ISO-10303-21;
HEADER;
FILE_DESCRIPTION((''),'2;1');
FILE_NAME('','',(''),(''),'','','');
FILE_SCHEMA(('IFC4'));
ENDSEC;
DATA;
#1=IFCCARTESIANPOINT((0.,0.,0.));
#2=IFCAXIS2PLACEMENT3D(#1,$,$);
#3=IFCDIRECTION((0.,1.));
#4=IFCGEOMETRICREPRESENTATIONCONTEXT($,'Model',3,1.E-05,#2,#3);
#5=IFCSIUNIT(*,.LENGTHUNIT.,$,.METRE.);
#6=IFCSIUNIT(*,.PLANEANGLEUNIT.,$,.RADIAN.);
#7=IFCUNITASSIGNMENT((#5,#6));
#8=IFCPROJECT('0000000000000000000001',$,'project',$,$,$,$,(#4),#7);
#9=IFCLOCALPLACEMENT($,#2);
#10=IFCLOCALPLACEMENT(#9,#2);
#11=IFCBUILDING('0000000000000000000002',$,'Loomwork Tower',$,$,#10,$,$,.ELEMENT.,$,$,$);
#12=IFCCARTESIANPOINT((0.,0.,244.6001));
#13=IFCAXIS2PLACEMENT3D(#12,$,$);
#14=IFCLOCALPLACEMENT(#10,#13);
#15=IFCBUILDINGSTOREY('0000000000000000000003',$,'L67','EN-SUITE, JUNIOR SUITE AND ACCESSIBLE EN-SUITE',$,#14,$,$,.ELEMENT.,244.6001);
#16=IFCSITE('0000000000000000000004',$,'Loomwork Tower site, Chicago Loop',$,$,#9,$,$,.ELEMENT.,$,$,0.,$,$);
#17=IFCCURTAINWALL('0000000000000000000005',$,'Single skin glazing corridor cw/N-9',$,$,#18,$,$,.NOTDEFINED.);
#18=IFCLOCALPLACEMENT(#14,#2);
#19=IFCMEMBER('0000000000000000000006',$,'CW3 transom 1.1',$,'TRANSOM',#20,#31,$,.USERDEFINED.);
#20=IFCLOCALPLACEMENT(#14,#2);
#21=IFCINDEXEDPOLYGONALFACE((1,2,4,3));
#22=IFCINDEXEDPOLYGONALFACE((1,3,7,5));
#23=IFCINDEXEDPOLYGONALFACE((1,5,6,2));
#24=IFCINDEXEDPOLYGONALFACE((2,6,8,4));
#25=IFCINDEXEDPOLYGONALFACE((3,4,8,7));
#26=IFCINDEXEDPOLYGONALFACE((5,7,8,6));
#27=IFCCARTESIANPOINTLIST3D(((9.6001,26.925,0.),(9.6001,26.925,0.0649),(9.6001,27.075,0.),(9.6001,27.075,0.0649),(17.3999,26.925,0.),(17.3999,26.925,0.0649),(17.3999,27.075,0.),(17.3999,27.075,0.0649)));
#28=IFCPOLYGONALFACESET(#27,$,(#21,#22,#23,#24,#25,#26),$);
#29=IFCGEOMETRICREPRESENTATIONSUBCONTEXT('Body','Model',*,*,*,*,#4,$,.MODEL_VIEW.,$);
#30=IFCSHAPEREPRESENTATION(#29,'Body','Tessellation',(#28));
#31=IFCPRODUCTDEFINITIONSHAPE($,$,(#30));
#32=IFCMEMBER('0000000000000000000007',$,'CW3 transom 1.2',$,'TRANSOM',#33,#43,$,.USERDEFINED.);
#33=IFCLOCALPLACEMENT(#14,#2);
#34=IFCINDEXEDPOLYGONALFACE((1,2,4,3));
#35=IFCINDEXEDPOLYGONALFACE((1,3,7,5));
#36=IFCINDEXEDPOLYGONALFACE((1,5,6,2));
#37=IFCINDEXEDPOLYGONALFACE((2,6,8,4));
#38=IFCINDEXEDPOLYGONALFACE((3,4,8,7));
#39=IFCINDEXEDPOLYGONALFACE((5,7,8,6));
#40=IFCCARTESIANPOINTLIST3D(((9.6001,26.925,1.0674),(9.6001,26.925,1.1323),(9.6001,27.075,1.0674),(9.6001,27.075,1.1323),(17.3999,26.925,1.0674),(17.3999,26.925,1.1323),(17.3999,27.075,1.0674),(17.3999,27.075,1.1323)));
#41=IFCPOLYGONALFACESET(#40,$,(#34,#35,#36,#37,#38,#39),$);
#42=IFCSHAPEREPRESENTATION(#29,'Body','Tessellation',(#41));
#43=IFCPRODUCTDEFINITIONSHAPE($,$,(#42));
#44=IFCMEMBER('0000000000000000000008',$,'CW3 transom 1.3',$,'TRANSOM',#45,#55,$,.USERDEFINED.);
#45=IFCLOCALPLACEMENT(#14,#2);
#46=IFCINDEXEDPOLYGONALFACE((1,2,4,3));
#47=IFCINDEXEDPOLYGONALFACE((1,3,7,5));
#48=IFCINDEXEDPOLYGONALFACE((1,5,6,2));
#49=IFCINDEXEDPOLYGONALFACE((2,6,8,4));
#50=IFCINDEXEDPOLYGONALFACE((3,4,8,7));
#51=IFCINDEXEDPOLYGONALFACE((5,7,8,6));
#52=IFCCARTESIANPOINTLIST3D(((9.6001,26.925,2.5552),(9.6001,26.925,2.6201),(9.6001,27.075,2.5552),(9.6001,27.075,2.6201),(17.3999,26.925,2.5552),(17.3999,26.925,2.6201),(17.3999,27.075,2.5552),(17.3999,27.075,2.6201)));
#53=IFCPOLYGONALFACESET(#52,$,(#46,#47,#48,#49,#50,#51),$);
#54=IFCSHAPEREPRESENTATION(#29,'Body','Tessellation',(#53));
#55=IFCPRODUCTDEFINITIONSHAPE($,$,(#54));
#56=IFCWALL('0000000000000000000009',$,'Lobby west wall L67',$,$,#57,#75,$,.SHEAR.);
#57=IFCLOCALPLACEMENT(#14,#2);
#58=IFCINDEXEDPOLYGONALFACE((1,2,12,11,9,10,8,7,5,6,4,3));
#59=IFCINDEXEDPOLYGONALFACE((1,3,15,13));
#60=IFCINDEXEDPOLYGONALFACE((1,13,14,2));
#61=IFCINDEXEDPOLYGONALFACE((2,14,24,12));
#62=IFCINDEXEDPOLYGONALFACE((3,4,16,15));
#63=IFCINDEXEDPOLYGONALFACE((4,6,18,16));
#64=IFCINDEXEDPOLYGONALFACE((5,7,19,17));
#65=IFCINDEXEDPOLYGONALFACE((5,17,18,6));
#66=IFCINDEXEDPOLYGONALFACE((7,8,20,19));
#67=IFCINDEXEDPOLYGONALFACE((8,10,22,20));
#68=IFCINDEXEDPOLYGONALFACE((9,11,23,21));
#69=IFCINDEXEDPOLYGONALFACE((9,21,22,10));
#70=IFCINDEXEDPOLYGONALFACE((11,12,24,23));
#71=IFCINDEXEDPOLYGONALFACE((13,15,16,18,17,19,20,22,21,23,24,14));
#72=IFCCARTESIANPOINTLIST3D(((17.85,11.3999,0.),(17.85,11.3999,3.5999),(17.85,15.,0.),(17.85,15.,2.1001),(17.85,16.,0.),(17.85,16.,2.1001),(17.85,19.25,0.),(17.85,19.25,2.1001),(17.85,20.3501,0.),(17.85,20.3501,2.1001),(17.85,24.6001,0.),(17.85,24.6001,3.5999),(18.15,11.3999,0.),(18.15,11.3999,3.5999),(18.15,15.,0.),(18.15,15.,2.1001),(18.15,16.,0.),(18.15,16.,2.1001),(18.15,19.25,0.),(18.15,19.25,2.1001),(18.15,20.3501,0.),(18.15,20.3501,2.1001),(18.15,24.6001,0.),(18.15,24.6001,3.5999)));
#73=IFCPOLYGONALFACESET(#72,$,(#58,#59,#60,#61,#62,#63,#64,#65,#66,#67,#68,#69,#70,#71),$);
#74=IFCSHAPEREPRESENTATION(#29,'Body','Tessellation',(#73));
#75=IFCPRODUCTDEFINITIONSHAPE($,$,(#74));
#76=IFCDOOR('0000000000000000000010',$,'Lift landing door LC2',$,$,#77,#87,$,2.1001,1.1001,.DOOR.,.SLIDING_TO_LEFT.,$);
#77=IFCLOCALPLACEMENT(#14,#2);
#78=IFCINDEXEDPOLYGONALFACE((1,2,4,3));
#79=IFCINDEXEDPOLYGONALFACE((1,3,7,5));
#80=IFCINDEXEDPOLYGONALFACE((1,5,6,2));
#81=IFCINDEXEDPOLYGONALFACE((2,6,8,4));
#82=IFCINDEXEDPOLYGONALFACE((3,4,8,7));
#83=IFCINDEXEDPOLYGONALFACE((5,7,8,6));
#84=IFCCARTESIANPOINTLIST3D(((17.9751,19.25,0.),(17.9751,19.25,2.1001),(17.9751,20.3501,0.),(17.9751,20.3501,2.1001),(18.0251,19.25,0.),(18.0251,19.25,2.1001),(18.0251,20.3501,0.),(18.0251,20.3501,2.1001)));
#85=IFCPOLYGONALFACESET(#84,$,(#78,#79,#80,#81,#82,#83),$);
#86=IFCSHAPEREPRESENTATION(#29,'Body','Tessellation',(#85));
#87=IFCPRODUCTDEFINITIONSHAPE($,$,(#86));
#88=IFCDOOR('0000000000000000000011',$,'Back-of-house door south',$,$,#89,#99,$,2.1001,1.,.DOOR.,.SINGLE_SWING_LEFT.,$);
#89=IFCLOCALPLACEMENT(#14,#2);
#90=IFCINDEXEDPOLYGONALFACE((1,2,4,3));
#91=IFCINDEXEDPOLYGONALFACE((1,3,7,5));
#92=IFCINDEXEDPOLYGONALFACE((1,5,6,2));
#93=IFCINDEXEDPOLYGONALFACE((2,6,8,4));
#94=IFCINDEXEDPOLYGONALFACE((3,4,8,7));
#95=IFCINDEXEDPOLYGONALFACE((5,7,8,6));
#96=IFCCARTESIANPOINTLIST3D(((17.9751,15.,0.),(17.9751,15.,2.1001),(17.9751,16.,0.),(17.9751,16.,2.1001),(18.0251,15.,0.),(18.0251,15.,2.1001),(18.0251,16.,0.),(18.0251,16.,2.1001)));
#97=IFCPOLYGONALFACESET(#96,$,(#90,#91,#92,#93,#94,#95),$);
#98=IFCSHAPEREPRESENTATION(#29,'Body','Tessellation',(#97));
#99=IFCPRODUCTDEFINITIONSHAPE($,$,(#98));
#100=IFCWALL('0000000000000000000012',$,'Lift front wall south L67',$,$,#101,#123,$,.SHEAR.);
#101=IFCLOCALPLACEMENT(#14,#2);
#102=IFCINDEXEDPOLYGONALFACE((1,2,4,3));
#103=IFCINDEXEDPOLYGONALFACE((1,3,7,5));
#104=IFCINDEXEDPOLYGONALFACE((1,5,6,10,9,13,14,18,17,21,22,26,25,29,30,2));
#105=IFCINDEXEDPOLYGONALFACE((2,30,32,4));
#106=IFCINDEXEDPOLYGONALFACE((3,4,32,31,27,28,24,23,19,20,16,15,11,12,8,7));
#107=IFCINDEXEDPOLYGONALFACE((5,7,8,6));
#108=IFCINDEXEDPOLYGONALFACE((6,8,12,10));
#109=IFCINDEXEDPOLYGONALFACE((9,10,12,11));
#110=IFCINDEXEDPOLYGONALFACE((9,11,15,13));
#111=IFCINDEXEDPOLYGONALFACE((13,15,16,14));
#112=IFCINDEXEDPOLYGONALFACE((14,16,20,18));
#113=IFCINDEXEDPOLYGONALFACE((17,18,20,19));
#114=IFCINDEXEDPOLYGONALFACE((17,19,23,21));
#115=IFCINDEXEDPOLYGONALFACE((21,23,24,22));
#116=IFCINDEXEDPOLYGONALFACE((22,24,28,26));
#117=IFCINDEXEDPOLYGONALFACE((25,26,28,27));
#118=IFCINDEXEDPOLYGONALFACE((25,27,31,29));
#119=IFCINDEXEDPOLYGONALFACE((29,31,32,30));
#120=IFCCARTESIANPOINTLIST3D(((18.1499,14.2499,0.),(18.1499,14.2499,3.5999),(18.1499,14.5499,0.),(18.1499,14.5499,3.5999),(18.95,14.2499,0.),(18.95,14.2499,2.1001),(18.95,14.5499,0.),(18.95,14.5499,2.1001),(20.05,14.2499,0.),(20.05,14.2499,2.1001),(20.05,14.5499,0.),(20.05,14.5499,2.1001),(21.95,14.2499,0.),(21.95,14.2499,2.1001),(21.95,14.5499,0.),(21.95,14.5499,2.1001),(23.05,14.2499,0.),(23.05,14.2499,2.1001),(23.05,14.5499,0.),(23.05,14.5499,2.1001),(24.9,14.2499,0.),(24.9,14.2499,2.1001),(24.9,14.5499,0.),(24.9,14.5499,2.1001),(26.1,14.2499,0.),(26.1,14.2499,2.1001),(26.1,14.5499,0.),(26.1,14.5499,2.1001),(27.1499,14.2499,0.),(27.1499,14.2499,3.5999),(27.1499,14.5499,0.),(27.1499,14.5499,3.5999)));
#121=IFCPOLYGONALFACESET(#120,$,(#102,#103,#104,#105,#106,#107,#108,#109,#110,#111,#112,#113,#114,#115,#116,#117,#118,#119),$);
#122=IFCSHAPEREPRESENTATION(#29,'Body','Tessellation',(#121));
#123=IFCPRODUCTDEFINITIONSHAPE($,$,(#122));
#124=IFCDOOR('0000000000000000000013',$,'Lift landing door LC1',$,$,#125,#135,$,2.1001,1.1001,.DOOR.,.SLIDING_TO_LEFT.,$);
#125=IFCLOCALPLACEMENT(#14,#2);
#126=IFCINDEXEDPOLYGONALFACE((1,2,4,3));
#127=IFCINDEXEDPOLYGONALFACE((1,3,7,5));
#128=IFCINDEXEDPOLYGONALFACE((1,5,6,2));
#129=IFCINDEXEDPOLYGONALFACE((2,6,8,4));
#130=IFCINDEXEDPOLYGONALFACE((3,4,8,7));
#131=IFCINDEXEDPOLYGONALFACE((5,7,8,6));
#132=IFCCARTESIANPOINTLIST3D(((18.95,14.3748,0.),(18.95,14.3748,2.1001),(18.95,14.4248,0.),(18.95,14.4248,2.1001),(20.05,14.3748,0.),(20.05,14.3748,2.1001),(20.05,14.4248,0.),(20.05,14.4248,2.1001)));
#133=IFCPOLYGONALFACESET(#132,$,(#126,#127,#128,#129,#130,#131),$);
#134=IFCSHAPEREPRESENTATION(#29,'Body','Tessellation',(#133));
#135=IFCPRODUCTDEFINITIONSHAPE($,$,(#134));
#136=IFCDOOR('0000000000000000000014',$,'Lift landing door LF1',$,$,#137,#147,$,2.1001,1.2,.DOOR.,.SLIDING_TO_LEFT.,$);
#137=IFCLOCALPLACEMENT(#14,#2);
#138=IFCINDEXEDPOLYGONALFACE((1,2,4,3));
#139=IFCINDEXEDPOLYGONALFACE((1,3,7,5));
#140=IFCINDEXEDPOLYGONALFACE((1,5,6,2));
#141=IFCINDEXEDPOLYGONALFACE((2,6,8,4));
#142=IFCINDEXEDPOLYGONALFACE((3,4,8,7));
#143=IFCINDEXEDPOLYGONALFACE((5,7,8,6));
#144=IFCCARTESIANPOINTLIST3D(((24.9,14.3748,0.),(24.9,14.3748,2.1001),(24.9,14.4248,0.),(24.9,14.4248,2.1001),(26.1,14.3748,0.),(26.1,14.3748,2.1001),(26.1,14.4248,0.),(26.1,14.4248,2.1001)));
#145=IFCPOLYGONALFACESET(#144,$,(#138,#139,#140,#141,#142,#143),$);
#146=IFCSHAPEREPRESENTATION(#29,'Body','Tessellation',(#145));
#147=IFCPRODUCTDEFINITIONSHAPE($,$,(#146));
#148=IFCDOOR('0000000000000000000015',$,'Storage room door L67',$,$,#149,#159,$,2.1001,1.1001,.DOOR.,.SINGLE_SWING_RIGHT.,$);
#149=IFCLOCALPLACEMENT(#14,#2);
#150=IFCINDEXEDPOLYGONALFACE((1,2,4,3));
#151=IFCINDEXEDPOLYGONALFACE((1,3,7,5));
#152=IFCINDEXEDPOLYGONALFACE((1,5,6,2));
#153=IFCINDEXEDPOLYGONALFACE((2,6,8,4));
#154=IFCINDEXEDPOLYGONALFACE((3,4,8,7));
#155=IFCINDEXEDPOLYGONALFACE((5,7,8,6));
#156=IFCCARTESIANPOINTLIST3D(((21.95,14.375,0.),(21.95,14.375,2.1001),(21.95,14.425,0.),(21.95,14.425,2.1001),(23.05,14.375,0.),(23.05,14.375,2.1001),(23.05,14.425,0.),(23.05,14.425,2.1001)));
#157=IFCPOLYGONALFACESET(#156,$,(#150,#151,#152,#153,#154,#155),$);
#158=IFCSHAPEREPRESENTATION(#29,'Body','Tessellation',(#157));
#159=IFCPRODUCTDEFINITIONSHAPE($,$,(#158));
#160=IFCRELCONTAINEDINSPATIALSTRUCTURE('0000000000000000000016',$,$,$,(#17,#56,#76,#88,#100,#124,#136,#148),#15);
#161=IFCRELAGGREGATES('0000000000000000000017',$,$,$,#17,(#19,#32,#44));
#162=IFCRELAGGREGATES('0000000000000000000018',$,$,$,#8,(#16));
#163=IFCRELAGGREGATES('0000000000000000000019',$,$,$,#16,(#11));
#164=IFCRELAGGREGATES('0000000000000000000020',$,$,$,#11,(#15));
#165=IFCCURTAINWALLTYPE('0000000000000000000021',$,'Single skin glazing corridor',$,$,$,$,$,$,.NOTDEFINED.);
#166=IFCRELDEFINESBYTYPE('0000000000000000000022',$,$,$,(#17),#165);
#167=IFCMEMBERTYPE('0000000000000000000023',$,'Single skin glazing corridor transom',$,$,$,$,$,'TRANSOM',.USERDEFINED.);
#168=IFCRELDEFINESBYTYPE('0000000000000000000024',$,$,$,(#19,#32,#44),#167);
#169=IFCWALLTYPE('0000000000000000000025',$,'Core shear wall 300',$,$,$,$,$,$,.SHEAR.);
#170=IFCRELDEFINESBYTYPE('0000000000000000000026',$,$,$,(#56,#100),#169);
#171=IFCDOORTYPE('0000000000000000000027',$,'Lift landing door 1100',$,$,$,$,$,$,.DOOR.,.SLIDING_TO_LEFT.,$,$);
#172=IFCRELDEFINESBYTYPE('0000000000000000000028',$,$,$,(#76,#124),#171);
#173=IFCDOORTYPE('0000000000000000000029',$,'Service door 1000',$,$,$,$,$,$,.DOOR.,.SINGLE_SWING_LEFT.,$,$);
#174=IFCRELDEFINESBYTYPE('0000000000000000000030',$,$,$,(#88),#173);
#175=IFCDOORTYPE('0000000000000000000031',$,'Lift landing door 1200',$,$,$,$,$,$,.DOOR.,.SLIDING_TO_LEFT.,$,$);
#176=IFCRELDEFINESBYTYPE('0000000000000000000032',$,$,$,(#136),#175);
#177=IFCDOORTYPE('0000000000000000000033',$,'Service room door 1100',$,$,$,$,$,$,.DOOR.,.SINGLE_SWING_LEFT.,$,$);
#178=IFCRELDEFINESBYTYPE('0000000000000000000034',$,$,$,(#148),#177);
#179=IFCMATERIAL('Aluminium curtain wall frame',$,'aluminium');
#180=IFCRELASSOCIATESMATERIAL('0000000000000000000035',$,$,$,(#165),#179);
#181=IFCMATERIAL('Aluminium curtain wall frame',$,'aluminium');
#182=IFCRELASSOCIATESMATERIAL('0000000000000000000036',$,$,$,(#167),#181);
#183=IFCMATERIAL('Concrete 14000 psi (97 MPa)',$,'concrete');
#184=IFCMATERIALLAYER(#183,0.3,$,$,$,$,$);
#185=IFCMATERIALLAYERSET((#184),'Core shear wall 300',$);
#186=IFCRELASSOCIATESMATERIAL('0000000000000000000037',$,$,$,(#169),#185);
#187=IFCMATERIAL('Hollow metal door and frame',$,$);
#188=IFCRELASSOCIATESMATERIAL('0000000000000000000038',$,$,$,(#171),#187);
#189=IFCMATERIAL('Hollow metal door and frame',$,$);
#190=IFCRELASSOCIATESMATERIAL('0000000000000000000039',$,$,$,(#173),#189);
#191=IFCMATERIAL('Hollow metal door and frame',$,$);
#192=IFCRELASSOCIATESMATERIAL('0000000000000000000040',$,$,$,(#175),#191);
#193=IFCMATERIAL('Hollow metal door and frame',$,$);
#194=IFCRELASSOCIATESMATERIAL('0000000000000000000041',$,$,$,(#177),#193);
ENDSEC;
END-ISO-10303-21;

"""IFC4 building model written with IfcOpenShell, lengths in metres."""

from ifc_helpers import new_model, si_unit, direction, frame, frame_2d, origin, origin_2d, place, context, subcontext, project, spatial, rectangle, extrude, material, layer, layer_set, material_profile, profile_set, type_object, element, fill, aggregate, save


model = new_model("IFC4")

# Units and contexts
model_context = context("Model", 3, precision=1e-05, world=origin(), true_north=direction((0.0, 1.0)))
body_context = subcontext(model_context, "Body", "Model", "MODEL_VIEW")
ifc_project = project(units=[si_unit("LENGTHUNIT", "METRE"), si_unit("PLANEANGLEUNIT", "RADIAN")], contexts=[model_context])

# Site, building, storey
site_placement = place(None, origin())
site = spatial("IfcSite", under=ifc_project, at=site_placement, Name="Loomwork Tower site, Chicago Loop", CompositionType="ELEMENT", RefElevation=0.0)
building_placement = place(site_placement, origin())
building = spatial("IfcBuilding", under=site, at=building_placement, Name="Loomwork Tower", CompositionType="ELEMENT")
storey_placement = place(building_placement, frame((0.0, 0.0, 244.6001)))
storey = spatial("IfcBuildingStorey", under=building, at=storey_placement, Name="L67", Description="EN-SUITE, JUNIOR SUITE AND ACCESSIBLE EN-SUITE", CompositionType="ELEMENT", Elevation=244.6001)

# Curtain wall, members
ifc_material_1 = material(Name="Aluminium curtain wall frame", Category="aluminium")
curtain_wall_type = type_object("IfcCurtainWallType", Name="Single skin glazing corridor", PredefinedType="NOTDEFINED", material=ifc_material_1)
curtain_wall_placement = place(storey_placement, origin())
curtain_wall = element("IfcCurtainWall", 1, at=curtain_wall_placement, inside=storey, type_object=curtain_wall_type, Name="Single skin glazing corridor cw/N-9", PredefinedType="NOTDEFINED")
ifc_material_2 = material(Name="Aluminium curtain wall frame", Category="aluminium")
ifc_material_profile = material_profile(ifc_material_2, rectangle(XDim=0.1499, YDim=0.0649, at=origin_2d()), Name="AL 65x150")
ifc_profile_set = profile_set([ifc_material_profile], Name="Aluminium curtain wall frame")
member_type = type_object("IfcMemberType", Name="Single skin glazing corridor transom", ElementType="TRANSOM", PredefinedType="USERDEFINED", material=ifc_profile_set)
member_1_placement = place(storey_placement, frame((17.3999, 27.0, 0.0325), z_axis=(-1.0, 0.0, 0.0), x_axis=(0.0, -1.0, 0.0)))
member_1 = element("IfcMember", 2, at=member_1_placement, type_object=member_type, Name="CW3 transom 1.1", ObjectType="TRANSOM", PredefinedType="USERDEFINED", context=body_context, shape_type="SweptSolid", body=[
    extrude(rectangle(XDim=0.1499, YDim=0.0649, at=origin_2d()), origin(), (0.0, 0.0, 1.0), 7.7998),
])
member_2_placement = place(storey_placement, frame((17.3999, 27.0, 1.0999), z_axis=(-1.0, 0.0, 0.0), x_axis=(0.0, -1.0, 0.0)))
member_2 = element("IfcMember", 3, at=member_2_placement, type_object=member_type, Name="CW3 transom 1.2", ObjectType="TRANSOM", PredefinedType="USERDEFINED", context=body_context, shape_type="SweptSolid", body=[
    extrude(rectangle(XDim=0.1499, YDim=0.0649, at=origin_2d()), origin(), (0.0, 0.0, 1.0), 7.7998),
])
member_3_placement = place(storey_placement, frame((17.3999, 27.0, 2.5876), z_axis=(-1.0, 0.0, 0.0), x_axis=(0.0, -1.0, 0.0)))
member_3 = element("IfcMember", 4, at=member_3_placement, type_object=member_type, Name="CW3 transom 1.3", ObjectType="TRANSOM", PredefinedType="USERDEFINED", context=body_context, shape_type="SweptSolid", body=[
    extrude(rectangle(XDim=0.1499, YDim=0.0649, at=origin_2d()), origin(), (0.0, 0.0, 1.0), 7.7998),
])
aggregate(curtain_wall, [member_1, member_2, member_3])

# Walls, openings, doors
ifc_material_3 = material(Name="Concrete 14000 psi (97 MPa)", Category="concrete")
ifc_layer_1 = layer(ifc_material_3, 0.3)
ifc_layer_set_1 = layer_set([ifc_layer_1], Name="Core shear wall 300")
wall_type_1 = type_object("IfcWallType", Name="Core shear wall 300", PredefinedType="SHEAR", material=ifc_layer_set_1)
wall_1_placement = place(storey_placement, frame((18.0, 11.3999, 0.0), z_axis=(0.0, 0.0, 1.0), x_axis=(0.0, 1.0, 0.0)))
wall_1 = element("IfcWall", 5, at=wall_1_placement, inside=storey, type_object=wall_type_1, Name="Lobby west wall L67", PredefinedType="SHEAR", context=body_context, shape_type="SweptSolid", body=[
    extrude(rectangle(XDim=13.2002, YDim=0.3, at=frame_2d((6.6001, 0.0))), origin(), (0.0, 0.0, 1.0), 3.5999),
])
opening_1_placement = place(wall_1_placement, frame((3.6001, 0.0, 0.0)))
opening_1 = element("IfcOpeningElement", 6, at=opening_1_placement, cuts=wall_1, PredefinedType="OPENING", context=body_context, shape_type="SweptSolid", body=[
    extrude(rectangle(XDim=1.0, YDim=2.1001, at=frame_2d((0.5, 1.05))), frame((0.0, 0.1599, 0.0), z_axis=(0.0, -1.0, 0.0), x_axis=(1.0, 0.0, 0.0)), (0.0, 0.0, 1.0), 0.3201),
])
opening_2_placement = place(wall_1_placement, frame((7.8501, 0.0, 0.0)))
opening_2 = element("IfcOpeningElement", 7, at=opening_2_placement, cuts=wall_1, PredefinedType="OPENING", context=body_context, shape_type="SweptSolid", body=[
    extrude(rectangle(XDim=1.1001, YDim=2.1001, at=frame_2d((0.55, 1.05))), frame((0.0, 0.1599, 0.0), z_axis=(0.0, -1.0, 0.0), x_axis=(1.0, 0.0, 0.0)), (0.0, 0.0, 1.0), 0.3201),
])
ifc_material_4 = material(Name="Hollow metal door and frame")
door_type_1 = type_object("IfcDoorType", Name="Lift landing door 1100", OperationType="SLIDING_TO_LEFT", PredefinedType="DOOR", material=ifc_material_4)
door_1_placement = place(opening_2_placement, origin())
door_1 = element("IfcDoor", 8, at=door_1_placement, inside=storey, type_object=door_type_1, Name="Lift landing door LC2", OperationType="SLIDING_TO_LEFT", OverallHeight=2.1001, OverallWidth=1.1001, PredefinedType="DOOR", context=body_context, shape_type="SweptSolid", body=[
    extrude(rectangle(XDim=1.1001, YDim=2.1001, at=frame_2d((0.55, 1.05))), frame((0.0, 0.0249, 0.0), z_axis=(0.0, -1.0, 0.0), x_axis=(1.0, 0.0, 0.0)), (0.0, 0.0, 1.0), 0.05),
])
fill(opening_2, door_1)
ifc_material_5 = material(Name="Hollow metal door and frame")
door_type_2 = type_object("IfcDoorType", Name="Service door 1000", OperationType="SINGLE_SWING_LEFT", PredefinedType="DOOR", material=ifc_material_5)
door_2_placement = place(opening_1_placement, origin())
door_2 = element("IfcDoor", 9, at=door_2_placement, inside=storey, type_object=door_type_2, Name="Back-of-house door south", OperationType="SINGLE_SWING_LEFT", OverallHeight=2.1001, OverallWidth=1.0, PredefinedType="DOOR", context=body_context, shape_type="SweptSolid", body=[
    extrude(rectangle(XDim=1.0, YDim=2.1001, at=frame_2d((0.5, 1.05))), frame((0.0, 0.0249, 0.0), z_axis=(0.0, -1.0, 0.0), x_axis=(1.0, 0.0, 0.0)), (0.0, 0.0, 1.0), 0.05),
])
fill(opening_1, door_2)
wall_2_placement = place(storey_placement, frame((18.1499, 14.3999, 0.0), z_axis=(0.0, 0.0, 1.0), x_axis=(1.0, 0.0, 0.0)))
wall_2 = element("IfcWall", 10, at=wall_2_placement, inside=storey, type_object=wall_type_1, Name="Lift front wall south L67", PredefinedType="SHEAR", context=body_context, shape_type="SweptSolid", body=[
    extrude(rectangle(XDim=9.0, YDim=0.3, at=frame_2d((4.5, 0.0))), origin(), (0.0, 0.0, 1.0), 3.5999),
])
opening_3_placement = place(wall_2_placement, frame((0.8, 0.0, 0.0)))
opening_3 = element("IfcOpeningElement", 11, at=opening_3_placement, cuts=wall_2, PredefinedType="OPENING", context=body_context, shape_type="SweptSolid", body=[
    extrude(rectangle(XDim=1.1001, YDim=2.1001, at=frame_2d((0.55, 1.05))), frame((0.0, 0.1599, 0.0), z_axis=(0.0, -1.0, 0.0), x_axis=(1.0, 0.0, 0.0)), (0.0, 0.0, 1.0), 0.3201),
])
opening_4_placement = place(wall_2_placement, frame((6.75, 0.0, 0.0)))
opening_4 = element("IfcOpeningElement", 12, at=opening_4_placement, cuts=wall_2, PredefinedType="OPENING", context=body_context, shape_type="SweptSolid", body=[
    extrude(rectangle(XDim=1.2, YDim=2.1001, at=frame_2d((0.6001, 1.05))), frame((0.0, 0.1599, 0.0), z_axis=(0.0, -1.0, 0.0), x_axis=(1.0, 0.0, 0.0)), (0.0, 0.0, 1.0), 0.3201),
])
opening_5_placement = place(wall_2_placement, frame((3.8, 0.0, 0.0)))
opening_5 = element("IfcOpeningElement", 13, at=opening_5_placement, cuts=wall_2, PredefinedType="OPENING", context=body_context, shape_type="SweptSolid", body=[
    extrude(rectangle(XDim=1.1001, YDim=2.1001, at=frame_2d((0.55, 1.05))), frame((0.0, 0.1599, 0.0), z_axis=(0.0, -1.0, 0.0), x_axis=(1.0, 0.0, 0.0)), (0.0, 0.0, 1.0), 0.3201),
])
door_3_placement = place(opening_3_placement, origin())
door_3 = element("IfcDoor", 14, at=door_3_placement, inside=storey, type_object=door_type_1, Name="Lift landing door LC1", OperationType="SLIDING_TO_LEFT", OverallHeight=2.1001, OverallWidth=1.1001, PredefinedType="DOOR", context=body_context, shape_type="SweptSolid", body=[
    extrude(rectangle(XDim=1.1001, YDim=2.1001, at=frame_2d((0.55, 1.05))), frame((0.0, 0.0249, 0.0), z_axis=(0.0, -1.0, 0.0), x_axis=(1.0, 0.0, 0.0)), (0.0, 0.0, 1.0), 0.05),
])
fill(opening_3, door_3)
ifc_material_6 = material(Name="Hollow metal door and frame")
door_type_3 = type_object("IfcDoorType", Name="Lift landing door 1200", OperationType="SLIDING_TO_LEFT", PredefinedType="DOOR", material=ifc_material_6)
door_4_placement = place(opening_4_placement, origin())
door_4 = element("IfcDoor", 15, at=door_4_placement, inside=storey, type_object=door_type_3, Name="Lift landing door LF1", OperationType="SLIDING_TO_LEFT", OverallHeight=2.1001, OverallWidth=1.2, PredefinedType="DOOR", context=body_context, shape_type="SweptSolid", body=[
    extrude(rectangle(XDim=1.2, YDim=2.1001, at=frame_2d((0.6001, 1.05))), frame((0.0, 0.0249, 0.0), z_axis=(0.0, -1.0, 0.0), x_axis=(1.0, 0.0, 0.0)), (0.0, 0.0, 1.0), 0.05),
])
fill(opening_4, door_4)
ifc_material_7 = material(Name="Hollow metal door and frame")
door_type_4 = type_object("IfcDoorType", Name="Service room door 1100", OperationType="SINGLE_SWING_LEFT", PredefinedType="DOOR", material=ifc_material_7)
door_5_placement = place(opening_5_placement, frame((1.1001, 0.0, 0.0), z_axis=(0.0, 0.0, 1.0), x_axis=(-1.0, 0.0, 0.0)))
door_5 = element("IfcDoor", 16, at=door_5_placement, inside=storey, type_object=door_type_4, Name="Storage room door L67", OperationType="SINGLE_SWING_RIGHT", OverallHeight=2.1001, OverallWidth=1.1001, PredefinedType="DOOR", context=body_context, shape_type="SweptSolid", body=[
    extrude(rectangle(XDim=1.1001, YDim=2.1001, at=frame_2d((0.55, 1.05))), frame((0.0, 0.0249, 0.0), z_axis=(0.0, -1.0, 0.0), x_axis=(1.0, 0.0, 0.0)), (0.0, 0.0, 1.0), 0.05),
])
fill(opening_5, door_5)

save(model, "model.ifc")
